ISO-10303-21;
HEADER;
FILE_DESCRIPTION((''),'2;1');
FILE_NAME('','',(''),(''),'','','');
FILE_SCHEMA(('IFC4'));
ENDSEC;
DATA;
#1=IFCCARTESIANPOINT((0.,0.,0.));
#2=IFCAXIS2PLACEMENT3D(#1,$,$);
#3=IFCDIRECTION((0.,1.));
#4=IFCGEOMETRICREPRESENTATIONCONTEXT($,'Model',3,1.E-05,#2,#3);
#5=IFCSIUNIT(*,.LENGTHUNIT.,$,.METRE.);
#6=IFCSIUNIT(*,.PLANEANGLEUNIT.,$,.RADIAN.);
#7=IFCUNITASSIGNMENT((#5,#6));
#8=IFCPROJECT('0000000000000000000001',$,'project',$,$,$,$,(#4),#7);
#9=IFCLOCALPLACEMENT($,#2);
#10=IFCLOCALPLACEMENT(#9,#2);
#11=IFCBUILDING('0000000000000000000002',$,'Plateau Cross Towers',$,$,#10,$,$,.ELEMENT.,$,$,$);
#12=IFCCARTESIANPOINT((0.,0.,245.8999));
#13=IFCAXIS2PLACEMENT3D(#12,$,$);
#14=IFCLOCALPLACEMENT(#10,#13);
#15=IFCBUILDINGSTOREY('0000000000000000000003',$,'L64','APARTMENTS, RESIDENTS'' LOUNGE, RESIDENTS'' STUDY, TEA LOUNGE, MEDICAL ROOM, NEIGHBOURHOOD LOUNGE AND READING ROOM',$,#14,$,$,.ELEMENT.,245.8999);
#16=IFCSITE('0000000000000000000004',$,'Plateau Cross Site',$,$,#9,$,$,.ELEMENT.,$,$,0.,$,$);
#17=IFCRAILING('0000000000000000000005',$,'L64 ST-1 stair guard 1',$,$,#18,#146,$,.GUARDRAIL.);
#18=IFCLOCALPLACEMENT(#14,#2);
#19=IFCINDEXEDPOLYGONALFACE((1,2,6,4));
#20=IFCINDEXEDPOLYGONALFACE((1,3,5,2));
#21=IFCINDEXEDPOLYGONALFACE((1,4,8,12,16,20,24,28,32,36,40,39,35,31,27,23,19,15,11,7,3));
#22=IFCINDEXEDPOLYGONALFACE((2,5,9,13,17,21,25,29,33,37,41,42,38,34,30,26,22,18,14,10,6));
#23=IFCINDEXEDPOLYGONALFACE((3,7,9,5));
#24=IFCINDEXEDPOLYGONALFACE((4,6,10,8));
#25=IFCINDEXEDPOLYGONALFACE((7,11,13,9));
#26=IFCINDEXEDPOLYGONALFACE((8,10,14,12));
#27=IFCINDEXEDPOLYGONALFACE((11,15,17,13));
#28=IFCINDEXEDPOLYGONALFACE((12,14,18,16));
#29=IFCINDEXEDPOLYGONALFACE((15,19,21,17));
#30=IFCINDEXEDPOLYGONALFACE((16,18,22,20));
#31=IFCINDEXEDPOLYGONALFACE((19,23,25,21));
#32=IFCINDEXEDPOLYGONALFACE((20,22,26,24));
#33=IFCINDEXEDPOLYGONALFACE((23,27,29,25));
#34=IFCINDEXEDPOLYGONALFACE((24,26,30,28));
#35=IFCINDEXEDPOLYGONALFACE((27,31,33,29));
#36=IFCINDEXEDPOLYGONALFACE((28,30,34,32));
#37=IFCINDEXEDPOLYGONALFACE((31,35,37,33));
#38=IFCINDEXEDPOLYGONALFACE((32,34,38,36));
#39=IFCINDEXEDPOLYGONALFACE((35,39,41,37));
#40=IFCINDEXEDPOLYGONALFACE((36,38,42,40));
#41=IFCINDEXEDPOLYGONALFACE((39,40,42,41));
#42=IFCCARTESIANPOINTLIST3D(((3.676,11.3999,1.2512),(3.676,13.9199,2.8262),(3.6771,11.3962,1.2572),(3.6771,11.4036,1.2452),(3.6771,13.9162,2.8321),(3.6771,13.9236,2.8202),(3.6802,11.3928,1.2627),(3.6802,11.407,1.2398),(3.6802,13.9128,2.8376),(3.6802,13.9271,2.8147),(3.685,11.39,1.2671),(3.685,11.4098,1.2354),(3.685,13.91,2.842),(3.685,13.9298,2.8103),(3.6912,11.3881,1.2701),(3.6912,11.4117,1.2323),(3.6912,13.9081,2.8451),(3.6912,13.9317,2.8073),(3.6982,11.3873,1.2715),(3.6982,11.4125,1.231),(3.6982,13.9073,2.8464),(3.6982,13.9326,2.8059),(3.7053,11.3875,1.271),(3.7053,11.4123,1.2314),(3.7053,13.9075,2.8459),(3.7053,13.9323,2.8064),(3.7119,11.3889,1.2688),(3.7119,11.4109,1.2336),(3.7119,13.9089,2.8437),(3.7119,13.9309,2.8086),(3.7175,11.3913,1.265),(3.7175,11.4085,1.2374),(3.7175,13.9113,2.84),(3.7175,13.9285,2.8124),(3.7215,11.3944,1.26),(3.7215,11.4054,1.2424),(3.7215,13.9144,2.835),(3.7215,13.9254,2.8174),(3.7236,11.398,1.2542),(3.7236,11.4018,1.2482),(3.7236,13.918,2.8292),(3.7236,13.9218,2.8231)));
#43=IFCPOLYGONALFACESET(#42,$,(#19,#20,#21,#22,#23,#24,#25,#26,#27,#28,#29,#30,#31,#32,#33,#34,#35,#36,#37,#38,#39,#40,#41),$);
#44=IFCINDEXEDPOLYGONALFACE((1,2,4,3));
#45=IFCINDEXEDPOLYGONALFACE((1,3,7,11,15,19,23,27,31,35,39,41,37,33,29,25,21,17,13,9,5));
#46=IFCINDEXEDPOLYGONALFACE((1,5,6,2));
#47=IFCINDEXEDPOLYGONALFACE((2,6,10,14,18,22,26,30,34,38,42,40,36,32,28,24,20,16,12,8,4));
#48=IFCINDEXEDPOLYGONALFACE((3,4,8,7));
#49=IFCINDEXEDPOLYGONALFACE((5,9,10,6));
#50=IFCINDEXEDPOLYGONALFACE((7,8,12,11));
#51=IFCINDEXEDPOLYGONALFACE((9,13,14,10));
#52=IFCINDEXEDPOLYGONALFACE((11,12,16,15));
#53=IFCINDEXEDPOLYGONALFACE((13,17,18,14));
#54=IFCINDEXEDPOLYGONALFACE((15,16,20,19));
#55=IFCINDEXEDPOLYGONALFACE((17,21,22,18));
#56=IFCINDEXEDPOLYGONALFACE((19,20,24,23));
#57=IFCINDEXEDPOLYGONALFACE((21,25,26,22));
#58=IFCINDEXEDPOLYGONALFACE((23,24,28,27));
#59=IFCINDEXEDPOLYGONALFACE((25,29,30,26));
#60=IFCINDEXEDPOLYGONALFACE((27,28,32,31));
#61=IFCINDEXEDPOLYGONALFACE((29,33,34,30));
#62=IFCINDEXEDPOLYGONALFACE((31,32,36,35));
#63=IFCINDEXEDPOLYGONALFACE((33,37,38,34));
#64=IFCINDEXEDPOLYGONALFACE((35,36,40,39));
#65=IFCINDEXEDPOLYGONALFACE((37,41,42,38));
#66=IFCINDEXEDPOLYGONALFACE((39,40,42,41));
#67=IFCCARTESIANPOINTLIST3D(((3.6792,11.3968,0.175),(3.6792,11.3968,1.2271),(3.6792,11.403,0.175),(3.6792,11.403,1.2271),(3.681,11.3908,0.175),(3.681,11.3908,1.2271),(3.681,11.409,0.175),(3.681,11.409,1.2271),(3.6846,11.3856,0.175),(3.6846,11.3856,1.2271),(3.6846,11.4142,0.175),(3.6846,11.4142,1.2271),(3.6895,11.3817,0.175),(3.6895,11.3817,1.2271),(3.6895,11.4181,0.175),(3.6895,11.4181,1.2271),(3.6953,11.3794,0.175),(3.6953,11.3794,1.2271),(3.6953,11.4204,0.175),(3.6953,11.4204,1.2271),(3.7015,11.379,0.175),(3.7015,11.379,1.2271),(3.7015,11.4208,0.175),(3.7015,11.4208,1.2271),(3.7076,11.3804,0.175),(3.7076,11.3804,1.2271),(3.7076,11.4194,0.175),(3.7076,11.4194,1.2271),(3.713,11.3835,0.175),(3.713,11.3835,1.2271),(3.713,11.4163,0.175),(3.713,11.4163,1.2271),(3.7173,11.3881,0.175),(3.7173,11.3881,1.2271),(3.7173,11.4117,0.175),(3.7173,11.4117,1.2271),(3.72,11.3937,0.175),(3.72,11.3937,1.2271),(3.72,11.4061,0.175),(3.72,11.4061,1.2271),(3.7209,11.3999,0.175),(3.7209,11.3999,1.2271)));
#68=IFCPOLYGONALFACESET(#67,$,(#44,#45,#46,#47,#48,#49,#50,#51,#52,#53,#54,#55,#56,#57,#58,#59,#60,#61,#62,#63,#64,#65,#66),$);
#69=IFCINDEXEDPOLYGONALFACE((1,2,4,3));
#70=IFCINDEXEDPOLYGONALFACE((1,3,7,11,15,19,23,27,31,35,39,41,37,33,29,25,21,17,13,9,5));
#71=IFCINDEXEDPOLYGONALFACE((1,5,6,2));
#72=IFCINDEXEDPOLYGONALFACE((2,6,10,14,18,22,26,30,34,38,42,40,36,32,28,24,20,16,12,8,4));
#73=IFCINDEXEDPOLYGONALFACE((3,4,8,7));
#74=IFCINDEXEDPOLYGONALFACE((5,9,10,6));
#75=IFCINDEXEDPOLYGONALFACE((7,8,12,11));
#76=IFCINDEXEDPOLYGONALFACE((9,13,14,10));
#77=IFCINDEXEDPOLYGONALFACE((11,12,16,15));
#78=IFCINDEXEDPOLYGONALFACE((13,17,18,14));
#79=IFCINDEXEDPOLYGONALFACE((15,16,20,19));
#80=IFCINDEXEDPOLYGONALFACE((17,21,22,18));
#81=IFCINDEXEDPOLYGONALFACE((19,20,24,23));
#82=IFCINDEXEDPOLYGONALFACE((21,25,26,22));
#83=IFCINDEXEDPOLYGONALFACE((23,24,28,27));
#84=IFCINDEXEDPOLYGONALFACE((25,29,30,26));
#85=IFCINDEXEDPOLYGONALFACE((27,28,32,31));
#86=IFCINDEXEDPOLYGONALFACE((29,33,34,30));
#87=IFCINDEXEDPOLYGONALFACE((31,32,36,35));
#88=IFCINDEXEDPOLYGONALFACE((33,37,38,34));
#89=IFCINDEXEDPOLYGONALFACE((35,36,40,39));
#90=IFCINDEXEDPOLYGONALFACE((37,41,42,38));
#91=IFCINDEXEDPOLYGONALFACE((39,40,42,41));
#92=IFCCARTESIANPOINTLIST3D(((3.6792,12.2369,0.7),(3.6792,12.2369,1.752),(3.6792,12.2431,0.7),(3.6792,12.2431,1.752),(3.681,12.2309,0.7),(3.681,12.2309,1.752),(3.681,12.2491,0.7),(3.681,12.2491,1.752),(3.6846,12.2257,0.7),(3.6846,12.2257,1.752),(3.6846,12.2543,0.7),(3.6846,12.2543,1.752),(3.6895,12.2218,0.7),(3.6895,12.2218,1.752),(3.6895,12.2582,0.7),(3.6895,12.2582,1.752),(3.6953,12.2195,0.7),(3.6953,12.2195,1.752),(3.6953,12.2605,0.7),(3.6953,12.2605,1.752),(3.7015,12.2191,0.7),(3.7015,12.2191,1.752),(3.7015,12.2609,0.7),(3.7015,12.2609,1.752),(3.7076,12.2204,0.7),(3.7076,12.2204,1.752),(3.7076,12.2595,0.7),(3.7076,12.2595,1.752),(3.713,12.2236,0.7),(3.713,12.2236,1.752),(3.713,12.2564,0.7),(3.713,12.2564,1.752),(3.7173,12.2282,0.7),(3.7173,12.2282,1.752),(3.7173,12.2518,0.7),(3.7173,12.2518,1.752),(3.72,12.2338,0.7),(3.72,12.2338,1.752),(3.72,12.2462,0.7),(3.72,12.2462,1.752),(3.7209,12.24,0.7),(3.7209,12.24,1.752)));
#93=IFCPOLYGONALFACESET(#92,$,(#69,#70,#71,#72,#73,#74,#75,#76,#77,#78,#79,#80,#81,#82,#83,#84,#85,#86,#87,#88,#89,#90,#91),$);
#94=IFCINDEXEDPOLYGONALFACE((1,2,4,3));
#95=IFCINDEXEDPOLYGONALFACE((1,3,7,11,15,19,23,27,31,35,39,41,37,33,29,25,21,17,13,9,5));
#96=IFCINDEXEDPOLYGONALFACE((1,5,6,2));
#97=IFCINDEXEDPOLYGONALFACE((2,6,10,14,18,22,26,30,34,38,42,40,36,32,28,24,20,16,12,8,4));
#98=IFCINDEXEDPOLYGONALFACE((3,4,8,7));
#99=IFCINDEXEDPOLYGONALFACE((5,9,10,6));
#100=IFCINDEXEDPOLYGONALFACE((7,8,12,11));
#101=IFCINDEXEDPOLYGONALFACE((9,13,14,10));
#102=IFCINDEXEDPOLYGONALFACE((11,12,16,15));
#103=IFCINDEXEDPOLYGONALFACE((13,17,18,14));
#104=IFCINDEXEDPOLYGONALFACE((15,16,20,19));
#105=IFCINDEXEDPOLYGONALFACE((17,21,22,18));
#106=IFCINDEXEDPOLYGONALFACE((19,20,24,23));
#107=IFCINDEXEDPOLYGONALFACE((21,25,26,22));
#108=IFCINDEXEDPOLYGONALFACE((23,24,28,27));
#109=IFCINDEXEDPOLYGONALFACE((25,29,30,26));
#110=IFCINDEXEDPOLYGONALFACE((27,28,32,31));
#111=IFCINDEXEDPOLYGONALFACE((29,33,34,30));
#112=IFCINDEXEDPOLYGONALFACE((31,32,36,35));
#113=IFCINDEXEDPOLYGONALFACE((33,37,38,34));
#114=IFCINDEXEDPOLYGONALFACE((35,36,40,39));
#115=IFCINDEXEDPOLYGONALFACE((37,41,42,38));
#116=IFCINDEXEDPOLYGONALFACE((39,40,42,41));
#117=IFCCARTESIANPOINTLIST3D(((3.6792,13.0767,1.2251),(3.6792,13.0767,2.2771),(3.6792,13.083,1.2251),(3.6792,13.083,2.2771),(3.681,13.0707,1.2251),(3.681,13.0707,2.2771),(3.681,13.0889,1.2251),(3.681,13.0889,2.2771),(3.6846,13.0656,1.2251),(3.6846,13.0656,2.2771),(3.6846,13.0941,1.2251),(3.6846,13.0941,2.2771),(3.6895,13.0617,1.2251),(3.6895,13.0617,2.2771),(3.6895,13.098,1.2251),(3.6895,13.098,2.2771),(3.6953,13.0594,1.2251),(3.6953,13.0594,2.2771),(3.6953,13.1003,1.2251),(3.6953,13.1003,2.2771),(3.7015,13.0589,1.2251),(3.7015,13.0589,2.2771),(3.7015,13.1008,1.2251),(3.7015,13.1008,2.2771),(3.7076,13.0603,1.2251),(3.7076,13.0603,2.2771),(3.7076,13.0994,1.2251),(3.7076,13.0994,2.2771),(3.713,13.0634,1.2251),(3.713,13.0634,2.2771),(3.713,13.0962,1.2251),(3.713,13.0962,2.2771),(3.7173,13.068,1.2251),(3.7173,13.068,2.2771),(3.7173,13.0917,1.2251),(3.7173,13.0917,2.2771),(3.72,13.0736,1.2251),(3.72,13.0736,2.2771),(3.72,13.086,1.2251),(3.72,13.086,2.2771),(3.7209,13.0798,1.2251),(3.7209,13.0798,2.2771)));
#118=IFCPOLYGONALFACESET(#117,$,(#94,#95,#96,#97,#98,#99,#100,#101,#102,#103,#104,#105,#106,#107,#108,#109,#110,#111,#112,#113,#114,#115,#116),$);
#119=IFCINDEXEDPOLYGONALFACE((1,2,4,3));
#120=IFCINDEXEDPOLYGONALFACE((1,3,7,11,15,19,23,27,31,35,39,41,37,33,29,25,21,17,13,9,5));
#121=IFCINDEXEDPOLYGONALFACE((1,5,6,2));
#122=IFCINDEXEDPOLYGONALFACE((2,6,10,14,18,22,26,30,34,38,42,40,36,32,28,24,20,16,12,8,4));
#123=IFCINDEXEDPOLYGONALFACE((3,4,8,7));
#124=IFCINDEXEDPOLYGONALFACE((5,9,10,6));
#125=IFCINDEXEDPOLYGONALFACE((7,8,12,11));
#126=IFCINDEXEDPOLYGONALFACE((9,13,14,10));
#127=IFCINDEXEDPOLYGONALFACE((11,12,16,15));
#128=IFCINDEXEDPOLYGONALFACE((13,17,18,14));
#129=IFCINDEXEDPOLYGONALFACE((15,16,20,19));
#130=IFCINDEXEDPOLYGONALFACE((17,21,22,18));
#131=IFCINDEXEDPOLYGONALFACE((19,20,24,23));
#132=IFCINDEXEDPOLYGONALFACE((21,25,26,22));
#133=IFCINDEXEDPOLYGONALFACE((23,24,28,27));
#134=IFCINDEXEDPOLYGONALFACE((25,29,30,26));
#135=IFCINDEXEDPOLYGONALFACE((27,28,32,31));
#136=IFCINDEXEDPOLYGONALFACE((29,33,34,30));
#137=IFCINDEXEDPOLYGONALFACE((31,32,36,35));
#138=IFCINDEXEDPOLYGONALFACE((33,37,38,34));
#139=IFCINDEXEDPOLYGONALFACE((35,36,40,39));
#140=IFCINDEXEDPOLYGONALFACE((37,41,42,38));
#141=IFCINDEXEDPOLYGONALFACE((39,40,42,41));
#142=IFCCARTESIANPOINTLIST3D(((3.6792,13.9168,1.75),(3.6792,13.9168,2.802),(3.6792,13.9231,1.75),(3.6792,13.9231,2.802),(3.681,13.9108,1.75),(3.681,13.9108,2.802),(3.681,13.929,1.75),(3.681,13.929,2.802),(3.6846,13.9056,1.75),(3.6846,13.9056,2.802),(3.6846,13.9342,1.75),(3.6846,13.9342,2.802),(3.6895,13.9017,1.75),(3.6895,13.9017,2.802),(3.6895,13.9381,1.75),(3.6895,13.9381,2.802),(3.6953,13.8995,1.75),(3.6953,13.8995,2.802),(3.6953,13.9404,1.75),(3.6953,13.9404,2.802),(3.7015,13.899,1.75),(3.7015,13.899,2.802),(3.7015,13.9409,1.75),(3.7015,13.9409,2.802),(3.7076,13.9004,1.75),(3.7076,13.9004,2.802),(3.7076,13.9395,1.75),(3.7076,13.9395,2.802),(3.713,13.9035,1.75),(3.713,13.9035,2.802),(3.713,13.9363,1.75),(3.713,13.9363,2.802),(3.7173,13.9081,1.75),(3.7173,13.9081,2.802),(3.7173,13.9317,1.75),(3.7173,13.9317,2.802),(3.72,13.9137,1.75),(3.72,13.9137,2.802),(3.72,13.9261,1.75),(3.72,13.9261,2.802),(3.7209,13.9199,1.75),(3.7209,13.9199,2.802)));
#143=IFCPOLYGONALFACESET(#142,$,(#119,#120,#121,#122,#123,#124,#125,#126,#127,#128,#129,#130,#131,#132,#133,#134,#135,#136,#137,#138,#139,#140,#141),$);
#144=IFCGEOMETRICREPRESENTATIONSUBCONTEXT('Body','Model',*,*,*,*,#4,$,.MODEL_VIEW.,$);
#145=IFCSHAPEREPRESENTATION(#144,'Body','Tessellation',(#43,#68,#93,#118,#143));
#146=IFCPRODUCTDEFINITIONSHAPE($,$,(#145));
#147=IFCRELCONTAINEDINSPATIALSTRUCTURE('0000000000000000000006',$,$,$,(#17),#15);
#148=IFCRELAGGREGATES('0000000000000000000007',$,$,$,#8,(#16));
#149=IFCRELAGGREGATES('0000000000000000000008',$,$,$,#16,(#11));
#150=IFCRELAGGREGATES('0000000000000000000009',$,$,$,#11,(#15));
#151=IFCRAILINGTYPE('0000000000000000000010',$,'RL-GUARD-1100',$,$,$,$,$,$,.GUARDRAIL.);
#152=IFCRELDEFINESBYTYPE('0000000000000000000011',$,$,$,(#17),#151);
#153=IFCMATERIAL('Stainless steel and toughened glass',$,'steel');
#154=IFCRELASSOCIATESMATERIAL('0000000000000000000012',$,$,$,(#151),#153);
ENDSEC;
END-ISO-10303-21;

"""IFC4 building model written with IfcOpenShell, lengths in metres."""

from ifc_helpers import new_model, si_unit, direction, frame, origin, origin_2d, place, context, subcontext, project, spatial, circle, extrude, material, type_object, element, save


model = new_model("IFC4")

# Units and contexts
model_context = context("Model", 3, precision=1e-05, world=origin(), true_north=direction((0.0, 1.0)))
body_context = subcontext(model_context, "Body", "Model", "MODEL_VIEW")
ifc_project = project(units=[si_unit("LENGTHUNIT", "METRE"), si_unit("PLANEANGLEUNIT", "RADIAN")], contexts=[model_context])

# Site, building, storey
site_placement = place(None, origin())
site = spatial("IfcSite", under=ifc_project, at=site_placement, Name="Plateau Cross Site", CompositionType="ELEMENT", RefElevation=0.0)
building_placement = place(site_placement, origin())
building = spatial("IfcBuilding", under=site, at=building_placement, Name="Plateau Cross Towers", CompositionType="ELEMENT")
storey_placement = place(building_placement, frame((0.0, 0.0, 245.8999)))
storey = spatial("IfcBuildingStorey", under=building, at=storey_placement, Name="L64", Description="APARTMENTS, RESIDENTS' LOUNGE, RESIDENTS' STUDY, TEA LOUNGE, MEDICAL ROOM, NEIGHBOURHOOD LOUNGE AND READING ROOM", CompositionType="ELEMENT", Elevation=245.8999)

# Railing
ifc_material_1 = material(Name="Stainless steel and toughened glass", Category="steel")
railing_type_1 = type_object("IfcRailingType", Name="RL-GUARD-1100", PredefinedType="GUARDRAIL", material=ifc_material_1)
railing_1_placement = place(storey_placement, frame((3.7, 11.3999, 0.175)))
element("IfcRailing", 1, at=railing_1_placement, inside=storey, type_object=railing_type_1, Name="L64 ST-1 stair guard 1", PredefinedType="GUARDRAIL", context=body_context, shape_type="SweptSolid", body=[
    extrude(circle(Radius=0.0239, at=origin_2d()), frame((0.0, 0.0, 1.0762), z_axis=(0.0, 0.848008, 0.529984), x_axis=(-1.0, 0.0, 0.0)), (0.0, 0.0, 1.0), 2.9717),
    extrude(circle(Radius=0.021, at=origin_2d()), origin(), (0.0, 0.0, 1.0), 1.052),
    extrude(circle(Radius=0.021, at=origin_2d()), frame((0.0, 0.8401, 0.5249)), (0.0, 0.0, 1.0), 1.052),
    extrude(circle(Radius=0.021, at=origin_2d()), frame((0.0, 1.6799, 1.05)), (0.0, 0.0, 1.0), 1.052),
    extrude(circle(Radius=0.021, at=origin_2d()), frame((0.0, 2.52, 1.575)), (0.0, 0.0, 1.0), 1.052),
])

save(model, "model.ifc")
